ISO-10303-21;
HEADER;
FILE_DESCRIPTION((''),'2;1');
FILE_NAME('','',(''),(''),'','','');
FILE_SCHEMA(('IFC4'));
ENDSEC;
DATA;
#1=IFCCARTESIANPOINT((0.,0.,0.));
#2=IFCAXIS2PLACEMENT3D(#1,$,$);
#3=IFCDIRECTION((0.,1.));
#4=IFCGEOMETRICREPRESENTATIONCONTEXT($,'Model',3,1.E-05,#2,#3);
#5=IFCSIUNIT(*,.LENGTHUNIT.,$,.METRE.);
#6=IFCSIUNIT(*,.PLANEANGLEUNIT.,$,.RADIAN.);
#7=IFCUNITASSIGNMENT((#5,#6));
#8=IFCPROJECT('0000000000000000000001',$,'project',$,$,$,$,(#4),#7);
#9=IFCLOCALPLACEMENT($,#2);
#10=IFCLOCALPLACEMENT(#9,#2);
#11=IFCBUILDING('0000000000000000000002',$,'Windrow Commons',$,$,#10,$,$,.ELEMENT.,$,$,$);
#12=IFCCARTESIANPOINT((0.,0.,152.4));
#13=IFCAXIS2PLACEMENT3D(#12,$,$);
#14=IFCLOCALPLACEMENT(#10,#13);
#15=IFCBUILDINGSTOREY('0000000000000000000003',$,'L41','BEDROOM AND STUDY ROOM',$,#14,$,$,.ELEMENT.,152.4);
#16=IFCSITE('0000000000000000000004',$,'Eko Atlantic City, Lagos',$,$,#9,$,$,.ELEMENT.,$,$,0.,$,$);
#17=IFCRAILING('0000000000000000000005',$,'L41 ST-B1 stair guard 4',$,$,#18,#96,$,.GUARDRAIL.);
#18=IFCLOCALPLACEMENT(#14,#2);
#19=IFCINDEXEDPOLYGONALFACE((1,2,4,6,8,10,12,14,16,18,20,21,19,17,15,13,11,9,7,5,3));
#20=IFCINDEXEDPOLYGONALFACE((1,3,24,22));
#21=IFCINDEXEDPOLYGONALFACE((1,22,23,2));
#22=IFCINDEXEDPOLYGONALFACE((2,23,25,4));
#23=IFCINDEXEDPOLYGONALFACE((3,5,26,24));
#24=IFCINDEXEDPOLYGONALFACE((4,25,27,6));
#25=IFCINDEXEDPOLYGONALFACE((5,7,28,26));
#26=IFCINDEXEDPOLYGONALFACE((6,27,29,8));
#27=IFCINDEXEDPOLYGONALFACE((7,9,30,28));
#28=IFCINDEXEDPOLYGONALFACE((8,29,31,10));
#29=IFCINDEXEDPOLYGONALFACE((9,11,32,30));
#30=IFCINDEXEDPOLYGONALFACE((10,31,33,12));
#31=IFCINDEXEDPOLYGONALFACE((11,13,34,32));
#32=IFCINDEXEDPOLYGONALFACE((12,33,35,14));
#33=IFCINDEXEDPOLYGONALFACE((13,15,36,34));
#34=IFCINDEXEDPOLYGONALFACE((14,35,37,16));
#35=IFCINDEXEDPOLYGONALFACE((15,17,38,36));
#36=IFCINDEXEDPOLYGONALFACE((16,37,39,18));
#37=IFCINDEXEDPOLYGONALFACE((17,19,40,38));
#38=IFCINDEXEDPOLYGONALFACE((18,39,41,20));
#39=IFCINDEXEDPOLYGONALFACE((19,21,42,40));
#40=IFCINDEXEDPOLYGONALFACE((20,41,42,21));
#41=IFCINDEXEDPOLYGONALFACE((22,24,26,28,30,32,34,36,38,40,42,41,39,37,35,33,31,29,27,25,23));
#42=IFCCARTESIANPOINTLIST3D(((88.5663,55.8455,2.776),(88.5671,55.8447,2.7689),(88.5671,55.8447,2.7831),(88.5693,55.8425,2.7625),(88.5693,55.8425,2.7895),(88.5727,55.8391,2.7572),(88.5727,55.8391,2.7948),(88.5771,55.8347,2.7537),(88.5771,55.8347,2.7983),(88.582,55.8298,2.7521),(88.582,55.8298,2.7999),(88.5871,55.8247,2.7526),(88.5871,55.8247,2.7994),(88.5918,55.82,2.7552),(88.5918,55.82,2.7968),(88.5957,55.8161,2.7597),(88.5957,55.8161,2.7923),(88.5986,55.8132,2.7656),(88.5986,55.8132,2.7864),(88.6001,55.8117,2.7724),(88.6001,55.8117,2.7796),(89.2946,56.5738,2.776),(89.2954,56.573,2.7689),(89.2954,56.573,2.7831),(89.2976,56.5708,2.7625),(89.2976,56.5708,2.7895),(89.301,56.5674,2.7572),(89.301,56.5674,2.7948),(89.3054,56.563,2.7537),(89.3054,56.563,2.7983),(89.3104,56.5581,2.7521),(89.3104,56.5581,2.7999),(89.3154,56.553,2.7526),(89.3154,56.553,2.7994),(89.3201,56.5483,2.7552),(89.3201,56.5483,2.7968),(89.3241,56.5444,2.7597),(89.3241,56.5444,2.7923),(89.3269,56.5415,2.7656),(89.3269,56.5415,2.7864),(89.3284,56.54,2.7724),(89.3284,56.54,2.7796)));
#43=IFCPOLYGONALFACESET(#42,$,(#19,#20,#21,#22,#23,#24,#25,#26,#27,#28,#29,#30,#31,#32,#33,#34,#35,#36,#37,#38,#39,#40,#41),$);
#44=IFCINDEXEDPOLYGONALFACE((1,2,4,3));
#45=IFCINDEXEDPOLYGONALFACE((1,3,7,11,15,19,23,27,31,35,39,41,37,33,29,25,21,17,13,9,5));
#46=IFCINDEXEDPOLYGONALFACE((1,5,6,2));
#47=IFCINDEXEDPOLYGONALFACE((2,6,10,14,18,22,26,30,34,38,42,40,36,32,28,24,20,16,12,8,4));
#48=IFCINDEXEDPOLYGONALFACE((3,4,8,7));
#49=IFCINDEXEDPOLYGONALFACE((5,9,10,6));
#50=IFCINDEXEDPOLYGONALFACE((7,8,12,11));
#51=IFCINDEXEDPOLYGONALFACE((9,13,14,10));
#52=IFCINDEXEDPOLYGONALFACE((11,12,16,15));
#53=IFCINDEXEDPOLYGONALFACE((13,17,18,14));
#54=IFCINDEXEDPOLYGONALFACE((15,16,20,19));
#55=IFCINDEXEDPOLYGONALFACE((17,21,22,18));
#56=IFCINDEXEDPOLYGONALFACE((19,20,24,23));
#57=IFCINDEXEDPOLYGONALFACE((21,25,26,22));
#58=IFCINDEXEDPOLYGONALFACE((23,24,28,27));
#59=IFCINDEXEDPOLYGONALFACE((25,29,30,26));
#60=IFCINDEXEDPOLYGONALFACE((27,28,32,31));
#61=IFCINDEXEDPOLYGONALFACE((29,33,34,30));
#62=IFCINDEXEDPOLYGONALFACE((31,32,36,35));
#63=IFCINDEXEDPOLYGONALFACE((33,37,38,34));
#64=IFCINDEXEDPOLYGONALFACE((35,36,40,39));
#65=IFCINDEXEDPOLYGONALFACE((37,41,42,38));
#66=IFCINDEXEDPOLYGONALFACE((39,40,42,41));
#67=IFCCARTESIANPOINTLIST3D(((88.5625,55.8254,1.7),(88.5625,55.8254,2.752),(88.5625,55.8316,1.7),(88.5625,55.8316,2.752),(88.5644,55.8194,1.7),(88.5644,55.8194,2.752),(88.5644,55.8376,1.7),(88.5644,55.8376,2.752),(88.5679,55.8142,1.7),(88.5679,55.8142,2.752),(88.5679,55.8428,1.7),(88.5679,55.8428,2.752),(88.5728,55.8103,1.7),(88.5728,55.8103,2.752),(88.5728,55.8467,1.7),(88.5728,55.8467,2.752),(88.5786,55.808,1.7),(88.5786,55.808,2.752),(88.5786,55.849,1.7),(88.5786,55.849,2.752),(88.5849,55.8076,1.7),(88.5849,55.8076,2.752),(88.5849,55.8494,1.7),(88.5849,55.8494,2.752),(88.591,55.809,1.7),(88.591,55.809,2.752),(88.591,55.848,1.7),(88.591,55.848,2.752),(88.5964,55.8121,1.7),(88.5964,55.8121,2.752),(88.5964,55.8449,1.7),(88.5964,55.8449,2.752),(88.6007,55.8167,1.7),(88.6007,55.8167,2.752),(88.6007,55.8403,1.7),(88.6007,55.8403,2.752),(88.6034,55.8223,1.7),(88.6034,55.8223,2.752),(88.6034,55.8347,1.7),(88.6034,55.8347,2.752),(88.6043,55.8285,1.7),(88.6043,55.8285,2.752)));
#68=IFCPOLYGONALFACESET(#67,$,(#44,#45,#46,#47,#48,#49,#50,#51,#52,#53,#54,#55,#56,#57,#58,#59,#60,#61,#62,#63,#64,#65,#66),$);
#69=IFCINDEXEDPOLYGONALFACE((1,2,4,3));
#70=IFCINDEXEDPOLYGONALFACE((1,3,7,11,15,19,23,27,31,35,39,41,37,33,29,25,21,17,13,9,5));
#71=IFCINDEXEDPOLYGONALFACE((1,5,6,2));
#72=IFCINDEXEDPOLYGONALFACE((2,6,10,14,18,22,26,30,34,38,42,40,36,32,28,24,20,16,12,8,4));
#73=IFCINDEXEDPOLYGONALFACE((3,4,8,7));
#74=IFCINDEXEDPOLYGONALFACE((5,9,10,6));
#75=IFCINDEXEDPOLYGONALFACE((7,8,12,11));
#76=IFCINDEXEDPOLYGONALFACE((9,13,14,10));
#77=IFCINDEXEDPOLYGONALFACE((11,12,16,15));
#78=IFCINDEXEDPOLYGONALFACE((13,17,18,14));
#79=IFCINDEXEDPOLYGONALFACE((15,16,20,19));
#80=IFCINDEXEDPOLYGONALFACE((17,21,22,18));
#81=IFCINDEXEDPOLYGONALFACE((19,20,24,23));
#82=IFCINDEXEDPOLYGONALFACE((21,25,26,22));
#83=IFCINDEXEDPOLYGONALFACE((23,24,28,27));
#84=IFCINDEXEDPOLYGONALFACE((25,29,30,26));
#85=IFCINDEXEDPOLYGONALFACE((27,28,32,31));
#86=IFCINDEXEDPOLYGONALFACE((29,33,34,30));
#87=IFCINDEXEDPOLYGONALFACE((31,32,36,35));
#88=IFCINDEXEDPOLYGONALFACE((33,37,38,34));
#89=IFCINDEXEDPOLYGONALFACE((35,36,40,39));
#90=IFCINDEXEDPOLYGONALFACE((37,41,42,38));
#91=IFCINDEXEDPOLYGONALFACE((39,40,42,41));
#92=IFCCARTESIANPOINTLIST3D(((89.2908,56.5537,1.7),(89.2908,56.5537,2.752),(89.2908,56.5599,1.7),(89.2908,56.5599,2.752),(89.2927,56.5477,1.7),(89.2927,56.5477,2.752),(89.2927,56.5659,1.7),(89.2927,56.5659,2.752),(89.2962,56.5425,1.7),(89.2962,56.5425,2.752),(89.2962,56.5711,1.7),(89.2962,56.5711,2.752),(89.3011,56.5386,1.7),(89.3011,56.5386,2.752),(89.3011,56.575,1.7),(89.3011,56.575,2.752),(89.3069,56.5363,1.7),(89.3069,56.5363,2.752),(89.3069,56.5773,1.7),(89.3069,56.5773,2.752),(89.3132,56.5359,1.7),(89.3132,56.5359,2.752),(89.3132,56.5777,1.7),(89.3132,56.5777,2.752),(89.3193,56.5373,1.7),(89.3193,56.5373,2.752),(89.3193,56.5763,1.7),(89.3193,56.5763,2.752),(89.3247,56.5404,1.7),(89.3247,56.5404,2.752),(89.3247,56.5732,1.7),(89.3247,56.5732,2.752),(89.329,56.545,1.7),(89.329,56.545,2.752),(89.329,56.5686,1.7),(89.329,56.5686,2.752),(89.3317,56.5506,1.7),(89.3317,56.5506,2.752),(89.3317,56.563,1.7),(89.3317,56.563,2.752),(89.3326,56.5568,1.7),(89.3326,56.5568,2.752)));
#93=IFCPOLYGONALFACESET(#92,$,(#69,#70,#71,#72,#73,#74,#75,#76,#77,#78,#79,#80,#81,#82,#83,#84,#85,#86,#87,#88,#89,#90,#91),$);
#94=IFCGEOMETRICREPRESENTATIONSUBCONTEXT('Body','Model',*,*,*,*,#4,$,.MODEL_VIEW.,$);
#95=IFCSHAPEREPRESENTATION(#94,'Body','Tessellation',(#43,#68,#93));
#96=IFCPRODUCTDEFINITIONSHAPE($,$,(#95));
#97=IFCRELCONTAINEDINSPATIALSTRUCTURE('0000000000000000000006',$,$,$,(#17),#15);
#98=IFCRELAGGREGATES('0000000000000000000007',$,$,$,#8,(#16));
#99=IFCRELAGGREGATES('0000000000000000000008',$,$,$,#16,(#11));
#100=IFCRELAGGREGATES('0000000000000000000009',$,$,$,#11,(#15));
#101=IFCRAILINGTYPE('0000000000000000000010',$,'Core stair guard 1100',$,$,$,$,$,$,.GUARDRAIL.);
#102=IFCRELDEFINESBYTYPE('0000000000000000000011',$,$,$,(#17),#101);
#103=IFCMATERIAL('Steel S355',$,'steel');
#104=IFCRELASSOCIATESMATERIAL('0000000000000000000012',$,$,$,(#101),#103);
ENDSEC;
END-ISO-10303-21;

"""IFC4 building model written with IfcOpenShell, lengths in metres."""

from ifc_helpers import new_model, si_unit, direction, frame, origin, origin_2d, place, context, subcontext, project, spatial, circle, extrude, material, type_object, element, save


model = new_model("IFC4")

# Units and contexts
model_context = context("Model", 3, precision=1e-05, world=origin(), true_north=direction((0.0, 1.0)))
body_context = subcontext(model_context, "Body", "Model", "MODEL_VIEW")
ifc_project = project(units=[si_unit("LENGTHUNIT", "METRE"), si_unit("PLANEANGLEUNIT", "RADIAN")], contexts=[model_context])

# Site, building, storey
site_placement = place(None, origin())
site = spatial("IfcSite", under=ifc_project, at=site_placement, Name="Eko Atlantic City, Lagos", CompositionType="ELEMENT", RefElevation=0.0)
building_placement = place(site_placement, origin())
building = spatial("IfcBuilding", under=site, at=building_placement, Name="Windrow Commons", CompositionType="ELEMENT")
storey_placement = place(building_placement, frame((0.0, 0.0, 152.4)))
storey = spatial("IfcBuildingStorey", under=building, at=storey_placement, Name="L41", Description="BEDROOM AND STUDY ROOM", CompositionType="ELEMENT", Elevation=152.4)

# Railing
ifc_material_1 = material(Name="Steel S355", Category="steel")
railing_type_1 = type_object("IfcRailingType", Name="Core stair guard 1100", PredefinedType="GUARDRAIL", material=ifc_material_1)
railing_1_placement = place(storey_placement, frame((88.5833, 55.8285, 1.7)))
element("IfcRailing", 1, at=railing_1_placement, inside=storey, type_object=railing_type_1, Name="L41 ST-B1 stair guard 4", PredefinedType="GUARDRAIL", context=body_context, shape_type="SweptSolid", body=[
    extrude(circle(Radius=0.024, at=origin_2d()), frame((0.0, 0.0, 1.076), z_axis=(0.707107, 0.707107, 0.0), x_axis=(-0.707107, 0.707107, 0.0)), (0.0, 0.0, 1.0), 1.03),
    extrude(circle(Radius=0.021, at=origin_2d()), origin(), (0.0, 0.0, 1.0), 1.052),
    extrude(circle(Radius=0.021, at=origin_2d()), frame((0.7283, 0.7283, 0.0)), (0.0, 0.0, 1.0), 1.052),
])

save(model, "model.ifc")
